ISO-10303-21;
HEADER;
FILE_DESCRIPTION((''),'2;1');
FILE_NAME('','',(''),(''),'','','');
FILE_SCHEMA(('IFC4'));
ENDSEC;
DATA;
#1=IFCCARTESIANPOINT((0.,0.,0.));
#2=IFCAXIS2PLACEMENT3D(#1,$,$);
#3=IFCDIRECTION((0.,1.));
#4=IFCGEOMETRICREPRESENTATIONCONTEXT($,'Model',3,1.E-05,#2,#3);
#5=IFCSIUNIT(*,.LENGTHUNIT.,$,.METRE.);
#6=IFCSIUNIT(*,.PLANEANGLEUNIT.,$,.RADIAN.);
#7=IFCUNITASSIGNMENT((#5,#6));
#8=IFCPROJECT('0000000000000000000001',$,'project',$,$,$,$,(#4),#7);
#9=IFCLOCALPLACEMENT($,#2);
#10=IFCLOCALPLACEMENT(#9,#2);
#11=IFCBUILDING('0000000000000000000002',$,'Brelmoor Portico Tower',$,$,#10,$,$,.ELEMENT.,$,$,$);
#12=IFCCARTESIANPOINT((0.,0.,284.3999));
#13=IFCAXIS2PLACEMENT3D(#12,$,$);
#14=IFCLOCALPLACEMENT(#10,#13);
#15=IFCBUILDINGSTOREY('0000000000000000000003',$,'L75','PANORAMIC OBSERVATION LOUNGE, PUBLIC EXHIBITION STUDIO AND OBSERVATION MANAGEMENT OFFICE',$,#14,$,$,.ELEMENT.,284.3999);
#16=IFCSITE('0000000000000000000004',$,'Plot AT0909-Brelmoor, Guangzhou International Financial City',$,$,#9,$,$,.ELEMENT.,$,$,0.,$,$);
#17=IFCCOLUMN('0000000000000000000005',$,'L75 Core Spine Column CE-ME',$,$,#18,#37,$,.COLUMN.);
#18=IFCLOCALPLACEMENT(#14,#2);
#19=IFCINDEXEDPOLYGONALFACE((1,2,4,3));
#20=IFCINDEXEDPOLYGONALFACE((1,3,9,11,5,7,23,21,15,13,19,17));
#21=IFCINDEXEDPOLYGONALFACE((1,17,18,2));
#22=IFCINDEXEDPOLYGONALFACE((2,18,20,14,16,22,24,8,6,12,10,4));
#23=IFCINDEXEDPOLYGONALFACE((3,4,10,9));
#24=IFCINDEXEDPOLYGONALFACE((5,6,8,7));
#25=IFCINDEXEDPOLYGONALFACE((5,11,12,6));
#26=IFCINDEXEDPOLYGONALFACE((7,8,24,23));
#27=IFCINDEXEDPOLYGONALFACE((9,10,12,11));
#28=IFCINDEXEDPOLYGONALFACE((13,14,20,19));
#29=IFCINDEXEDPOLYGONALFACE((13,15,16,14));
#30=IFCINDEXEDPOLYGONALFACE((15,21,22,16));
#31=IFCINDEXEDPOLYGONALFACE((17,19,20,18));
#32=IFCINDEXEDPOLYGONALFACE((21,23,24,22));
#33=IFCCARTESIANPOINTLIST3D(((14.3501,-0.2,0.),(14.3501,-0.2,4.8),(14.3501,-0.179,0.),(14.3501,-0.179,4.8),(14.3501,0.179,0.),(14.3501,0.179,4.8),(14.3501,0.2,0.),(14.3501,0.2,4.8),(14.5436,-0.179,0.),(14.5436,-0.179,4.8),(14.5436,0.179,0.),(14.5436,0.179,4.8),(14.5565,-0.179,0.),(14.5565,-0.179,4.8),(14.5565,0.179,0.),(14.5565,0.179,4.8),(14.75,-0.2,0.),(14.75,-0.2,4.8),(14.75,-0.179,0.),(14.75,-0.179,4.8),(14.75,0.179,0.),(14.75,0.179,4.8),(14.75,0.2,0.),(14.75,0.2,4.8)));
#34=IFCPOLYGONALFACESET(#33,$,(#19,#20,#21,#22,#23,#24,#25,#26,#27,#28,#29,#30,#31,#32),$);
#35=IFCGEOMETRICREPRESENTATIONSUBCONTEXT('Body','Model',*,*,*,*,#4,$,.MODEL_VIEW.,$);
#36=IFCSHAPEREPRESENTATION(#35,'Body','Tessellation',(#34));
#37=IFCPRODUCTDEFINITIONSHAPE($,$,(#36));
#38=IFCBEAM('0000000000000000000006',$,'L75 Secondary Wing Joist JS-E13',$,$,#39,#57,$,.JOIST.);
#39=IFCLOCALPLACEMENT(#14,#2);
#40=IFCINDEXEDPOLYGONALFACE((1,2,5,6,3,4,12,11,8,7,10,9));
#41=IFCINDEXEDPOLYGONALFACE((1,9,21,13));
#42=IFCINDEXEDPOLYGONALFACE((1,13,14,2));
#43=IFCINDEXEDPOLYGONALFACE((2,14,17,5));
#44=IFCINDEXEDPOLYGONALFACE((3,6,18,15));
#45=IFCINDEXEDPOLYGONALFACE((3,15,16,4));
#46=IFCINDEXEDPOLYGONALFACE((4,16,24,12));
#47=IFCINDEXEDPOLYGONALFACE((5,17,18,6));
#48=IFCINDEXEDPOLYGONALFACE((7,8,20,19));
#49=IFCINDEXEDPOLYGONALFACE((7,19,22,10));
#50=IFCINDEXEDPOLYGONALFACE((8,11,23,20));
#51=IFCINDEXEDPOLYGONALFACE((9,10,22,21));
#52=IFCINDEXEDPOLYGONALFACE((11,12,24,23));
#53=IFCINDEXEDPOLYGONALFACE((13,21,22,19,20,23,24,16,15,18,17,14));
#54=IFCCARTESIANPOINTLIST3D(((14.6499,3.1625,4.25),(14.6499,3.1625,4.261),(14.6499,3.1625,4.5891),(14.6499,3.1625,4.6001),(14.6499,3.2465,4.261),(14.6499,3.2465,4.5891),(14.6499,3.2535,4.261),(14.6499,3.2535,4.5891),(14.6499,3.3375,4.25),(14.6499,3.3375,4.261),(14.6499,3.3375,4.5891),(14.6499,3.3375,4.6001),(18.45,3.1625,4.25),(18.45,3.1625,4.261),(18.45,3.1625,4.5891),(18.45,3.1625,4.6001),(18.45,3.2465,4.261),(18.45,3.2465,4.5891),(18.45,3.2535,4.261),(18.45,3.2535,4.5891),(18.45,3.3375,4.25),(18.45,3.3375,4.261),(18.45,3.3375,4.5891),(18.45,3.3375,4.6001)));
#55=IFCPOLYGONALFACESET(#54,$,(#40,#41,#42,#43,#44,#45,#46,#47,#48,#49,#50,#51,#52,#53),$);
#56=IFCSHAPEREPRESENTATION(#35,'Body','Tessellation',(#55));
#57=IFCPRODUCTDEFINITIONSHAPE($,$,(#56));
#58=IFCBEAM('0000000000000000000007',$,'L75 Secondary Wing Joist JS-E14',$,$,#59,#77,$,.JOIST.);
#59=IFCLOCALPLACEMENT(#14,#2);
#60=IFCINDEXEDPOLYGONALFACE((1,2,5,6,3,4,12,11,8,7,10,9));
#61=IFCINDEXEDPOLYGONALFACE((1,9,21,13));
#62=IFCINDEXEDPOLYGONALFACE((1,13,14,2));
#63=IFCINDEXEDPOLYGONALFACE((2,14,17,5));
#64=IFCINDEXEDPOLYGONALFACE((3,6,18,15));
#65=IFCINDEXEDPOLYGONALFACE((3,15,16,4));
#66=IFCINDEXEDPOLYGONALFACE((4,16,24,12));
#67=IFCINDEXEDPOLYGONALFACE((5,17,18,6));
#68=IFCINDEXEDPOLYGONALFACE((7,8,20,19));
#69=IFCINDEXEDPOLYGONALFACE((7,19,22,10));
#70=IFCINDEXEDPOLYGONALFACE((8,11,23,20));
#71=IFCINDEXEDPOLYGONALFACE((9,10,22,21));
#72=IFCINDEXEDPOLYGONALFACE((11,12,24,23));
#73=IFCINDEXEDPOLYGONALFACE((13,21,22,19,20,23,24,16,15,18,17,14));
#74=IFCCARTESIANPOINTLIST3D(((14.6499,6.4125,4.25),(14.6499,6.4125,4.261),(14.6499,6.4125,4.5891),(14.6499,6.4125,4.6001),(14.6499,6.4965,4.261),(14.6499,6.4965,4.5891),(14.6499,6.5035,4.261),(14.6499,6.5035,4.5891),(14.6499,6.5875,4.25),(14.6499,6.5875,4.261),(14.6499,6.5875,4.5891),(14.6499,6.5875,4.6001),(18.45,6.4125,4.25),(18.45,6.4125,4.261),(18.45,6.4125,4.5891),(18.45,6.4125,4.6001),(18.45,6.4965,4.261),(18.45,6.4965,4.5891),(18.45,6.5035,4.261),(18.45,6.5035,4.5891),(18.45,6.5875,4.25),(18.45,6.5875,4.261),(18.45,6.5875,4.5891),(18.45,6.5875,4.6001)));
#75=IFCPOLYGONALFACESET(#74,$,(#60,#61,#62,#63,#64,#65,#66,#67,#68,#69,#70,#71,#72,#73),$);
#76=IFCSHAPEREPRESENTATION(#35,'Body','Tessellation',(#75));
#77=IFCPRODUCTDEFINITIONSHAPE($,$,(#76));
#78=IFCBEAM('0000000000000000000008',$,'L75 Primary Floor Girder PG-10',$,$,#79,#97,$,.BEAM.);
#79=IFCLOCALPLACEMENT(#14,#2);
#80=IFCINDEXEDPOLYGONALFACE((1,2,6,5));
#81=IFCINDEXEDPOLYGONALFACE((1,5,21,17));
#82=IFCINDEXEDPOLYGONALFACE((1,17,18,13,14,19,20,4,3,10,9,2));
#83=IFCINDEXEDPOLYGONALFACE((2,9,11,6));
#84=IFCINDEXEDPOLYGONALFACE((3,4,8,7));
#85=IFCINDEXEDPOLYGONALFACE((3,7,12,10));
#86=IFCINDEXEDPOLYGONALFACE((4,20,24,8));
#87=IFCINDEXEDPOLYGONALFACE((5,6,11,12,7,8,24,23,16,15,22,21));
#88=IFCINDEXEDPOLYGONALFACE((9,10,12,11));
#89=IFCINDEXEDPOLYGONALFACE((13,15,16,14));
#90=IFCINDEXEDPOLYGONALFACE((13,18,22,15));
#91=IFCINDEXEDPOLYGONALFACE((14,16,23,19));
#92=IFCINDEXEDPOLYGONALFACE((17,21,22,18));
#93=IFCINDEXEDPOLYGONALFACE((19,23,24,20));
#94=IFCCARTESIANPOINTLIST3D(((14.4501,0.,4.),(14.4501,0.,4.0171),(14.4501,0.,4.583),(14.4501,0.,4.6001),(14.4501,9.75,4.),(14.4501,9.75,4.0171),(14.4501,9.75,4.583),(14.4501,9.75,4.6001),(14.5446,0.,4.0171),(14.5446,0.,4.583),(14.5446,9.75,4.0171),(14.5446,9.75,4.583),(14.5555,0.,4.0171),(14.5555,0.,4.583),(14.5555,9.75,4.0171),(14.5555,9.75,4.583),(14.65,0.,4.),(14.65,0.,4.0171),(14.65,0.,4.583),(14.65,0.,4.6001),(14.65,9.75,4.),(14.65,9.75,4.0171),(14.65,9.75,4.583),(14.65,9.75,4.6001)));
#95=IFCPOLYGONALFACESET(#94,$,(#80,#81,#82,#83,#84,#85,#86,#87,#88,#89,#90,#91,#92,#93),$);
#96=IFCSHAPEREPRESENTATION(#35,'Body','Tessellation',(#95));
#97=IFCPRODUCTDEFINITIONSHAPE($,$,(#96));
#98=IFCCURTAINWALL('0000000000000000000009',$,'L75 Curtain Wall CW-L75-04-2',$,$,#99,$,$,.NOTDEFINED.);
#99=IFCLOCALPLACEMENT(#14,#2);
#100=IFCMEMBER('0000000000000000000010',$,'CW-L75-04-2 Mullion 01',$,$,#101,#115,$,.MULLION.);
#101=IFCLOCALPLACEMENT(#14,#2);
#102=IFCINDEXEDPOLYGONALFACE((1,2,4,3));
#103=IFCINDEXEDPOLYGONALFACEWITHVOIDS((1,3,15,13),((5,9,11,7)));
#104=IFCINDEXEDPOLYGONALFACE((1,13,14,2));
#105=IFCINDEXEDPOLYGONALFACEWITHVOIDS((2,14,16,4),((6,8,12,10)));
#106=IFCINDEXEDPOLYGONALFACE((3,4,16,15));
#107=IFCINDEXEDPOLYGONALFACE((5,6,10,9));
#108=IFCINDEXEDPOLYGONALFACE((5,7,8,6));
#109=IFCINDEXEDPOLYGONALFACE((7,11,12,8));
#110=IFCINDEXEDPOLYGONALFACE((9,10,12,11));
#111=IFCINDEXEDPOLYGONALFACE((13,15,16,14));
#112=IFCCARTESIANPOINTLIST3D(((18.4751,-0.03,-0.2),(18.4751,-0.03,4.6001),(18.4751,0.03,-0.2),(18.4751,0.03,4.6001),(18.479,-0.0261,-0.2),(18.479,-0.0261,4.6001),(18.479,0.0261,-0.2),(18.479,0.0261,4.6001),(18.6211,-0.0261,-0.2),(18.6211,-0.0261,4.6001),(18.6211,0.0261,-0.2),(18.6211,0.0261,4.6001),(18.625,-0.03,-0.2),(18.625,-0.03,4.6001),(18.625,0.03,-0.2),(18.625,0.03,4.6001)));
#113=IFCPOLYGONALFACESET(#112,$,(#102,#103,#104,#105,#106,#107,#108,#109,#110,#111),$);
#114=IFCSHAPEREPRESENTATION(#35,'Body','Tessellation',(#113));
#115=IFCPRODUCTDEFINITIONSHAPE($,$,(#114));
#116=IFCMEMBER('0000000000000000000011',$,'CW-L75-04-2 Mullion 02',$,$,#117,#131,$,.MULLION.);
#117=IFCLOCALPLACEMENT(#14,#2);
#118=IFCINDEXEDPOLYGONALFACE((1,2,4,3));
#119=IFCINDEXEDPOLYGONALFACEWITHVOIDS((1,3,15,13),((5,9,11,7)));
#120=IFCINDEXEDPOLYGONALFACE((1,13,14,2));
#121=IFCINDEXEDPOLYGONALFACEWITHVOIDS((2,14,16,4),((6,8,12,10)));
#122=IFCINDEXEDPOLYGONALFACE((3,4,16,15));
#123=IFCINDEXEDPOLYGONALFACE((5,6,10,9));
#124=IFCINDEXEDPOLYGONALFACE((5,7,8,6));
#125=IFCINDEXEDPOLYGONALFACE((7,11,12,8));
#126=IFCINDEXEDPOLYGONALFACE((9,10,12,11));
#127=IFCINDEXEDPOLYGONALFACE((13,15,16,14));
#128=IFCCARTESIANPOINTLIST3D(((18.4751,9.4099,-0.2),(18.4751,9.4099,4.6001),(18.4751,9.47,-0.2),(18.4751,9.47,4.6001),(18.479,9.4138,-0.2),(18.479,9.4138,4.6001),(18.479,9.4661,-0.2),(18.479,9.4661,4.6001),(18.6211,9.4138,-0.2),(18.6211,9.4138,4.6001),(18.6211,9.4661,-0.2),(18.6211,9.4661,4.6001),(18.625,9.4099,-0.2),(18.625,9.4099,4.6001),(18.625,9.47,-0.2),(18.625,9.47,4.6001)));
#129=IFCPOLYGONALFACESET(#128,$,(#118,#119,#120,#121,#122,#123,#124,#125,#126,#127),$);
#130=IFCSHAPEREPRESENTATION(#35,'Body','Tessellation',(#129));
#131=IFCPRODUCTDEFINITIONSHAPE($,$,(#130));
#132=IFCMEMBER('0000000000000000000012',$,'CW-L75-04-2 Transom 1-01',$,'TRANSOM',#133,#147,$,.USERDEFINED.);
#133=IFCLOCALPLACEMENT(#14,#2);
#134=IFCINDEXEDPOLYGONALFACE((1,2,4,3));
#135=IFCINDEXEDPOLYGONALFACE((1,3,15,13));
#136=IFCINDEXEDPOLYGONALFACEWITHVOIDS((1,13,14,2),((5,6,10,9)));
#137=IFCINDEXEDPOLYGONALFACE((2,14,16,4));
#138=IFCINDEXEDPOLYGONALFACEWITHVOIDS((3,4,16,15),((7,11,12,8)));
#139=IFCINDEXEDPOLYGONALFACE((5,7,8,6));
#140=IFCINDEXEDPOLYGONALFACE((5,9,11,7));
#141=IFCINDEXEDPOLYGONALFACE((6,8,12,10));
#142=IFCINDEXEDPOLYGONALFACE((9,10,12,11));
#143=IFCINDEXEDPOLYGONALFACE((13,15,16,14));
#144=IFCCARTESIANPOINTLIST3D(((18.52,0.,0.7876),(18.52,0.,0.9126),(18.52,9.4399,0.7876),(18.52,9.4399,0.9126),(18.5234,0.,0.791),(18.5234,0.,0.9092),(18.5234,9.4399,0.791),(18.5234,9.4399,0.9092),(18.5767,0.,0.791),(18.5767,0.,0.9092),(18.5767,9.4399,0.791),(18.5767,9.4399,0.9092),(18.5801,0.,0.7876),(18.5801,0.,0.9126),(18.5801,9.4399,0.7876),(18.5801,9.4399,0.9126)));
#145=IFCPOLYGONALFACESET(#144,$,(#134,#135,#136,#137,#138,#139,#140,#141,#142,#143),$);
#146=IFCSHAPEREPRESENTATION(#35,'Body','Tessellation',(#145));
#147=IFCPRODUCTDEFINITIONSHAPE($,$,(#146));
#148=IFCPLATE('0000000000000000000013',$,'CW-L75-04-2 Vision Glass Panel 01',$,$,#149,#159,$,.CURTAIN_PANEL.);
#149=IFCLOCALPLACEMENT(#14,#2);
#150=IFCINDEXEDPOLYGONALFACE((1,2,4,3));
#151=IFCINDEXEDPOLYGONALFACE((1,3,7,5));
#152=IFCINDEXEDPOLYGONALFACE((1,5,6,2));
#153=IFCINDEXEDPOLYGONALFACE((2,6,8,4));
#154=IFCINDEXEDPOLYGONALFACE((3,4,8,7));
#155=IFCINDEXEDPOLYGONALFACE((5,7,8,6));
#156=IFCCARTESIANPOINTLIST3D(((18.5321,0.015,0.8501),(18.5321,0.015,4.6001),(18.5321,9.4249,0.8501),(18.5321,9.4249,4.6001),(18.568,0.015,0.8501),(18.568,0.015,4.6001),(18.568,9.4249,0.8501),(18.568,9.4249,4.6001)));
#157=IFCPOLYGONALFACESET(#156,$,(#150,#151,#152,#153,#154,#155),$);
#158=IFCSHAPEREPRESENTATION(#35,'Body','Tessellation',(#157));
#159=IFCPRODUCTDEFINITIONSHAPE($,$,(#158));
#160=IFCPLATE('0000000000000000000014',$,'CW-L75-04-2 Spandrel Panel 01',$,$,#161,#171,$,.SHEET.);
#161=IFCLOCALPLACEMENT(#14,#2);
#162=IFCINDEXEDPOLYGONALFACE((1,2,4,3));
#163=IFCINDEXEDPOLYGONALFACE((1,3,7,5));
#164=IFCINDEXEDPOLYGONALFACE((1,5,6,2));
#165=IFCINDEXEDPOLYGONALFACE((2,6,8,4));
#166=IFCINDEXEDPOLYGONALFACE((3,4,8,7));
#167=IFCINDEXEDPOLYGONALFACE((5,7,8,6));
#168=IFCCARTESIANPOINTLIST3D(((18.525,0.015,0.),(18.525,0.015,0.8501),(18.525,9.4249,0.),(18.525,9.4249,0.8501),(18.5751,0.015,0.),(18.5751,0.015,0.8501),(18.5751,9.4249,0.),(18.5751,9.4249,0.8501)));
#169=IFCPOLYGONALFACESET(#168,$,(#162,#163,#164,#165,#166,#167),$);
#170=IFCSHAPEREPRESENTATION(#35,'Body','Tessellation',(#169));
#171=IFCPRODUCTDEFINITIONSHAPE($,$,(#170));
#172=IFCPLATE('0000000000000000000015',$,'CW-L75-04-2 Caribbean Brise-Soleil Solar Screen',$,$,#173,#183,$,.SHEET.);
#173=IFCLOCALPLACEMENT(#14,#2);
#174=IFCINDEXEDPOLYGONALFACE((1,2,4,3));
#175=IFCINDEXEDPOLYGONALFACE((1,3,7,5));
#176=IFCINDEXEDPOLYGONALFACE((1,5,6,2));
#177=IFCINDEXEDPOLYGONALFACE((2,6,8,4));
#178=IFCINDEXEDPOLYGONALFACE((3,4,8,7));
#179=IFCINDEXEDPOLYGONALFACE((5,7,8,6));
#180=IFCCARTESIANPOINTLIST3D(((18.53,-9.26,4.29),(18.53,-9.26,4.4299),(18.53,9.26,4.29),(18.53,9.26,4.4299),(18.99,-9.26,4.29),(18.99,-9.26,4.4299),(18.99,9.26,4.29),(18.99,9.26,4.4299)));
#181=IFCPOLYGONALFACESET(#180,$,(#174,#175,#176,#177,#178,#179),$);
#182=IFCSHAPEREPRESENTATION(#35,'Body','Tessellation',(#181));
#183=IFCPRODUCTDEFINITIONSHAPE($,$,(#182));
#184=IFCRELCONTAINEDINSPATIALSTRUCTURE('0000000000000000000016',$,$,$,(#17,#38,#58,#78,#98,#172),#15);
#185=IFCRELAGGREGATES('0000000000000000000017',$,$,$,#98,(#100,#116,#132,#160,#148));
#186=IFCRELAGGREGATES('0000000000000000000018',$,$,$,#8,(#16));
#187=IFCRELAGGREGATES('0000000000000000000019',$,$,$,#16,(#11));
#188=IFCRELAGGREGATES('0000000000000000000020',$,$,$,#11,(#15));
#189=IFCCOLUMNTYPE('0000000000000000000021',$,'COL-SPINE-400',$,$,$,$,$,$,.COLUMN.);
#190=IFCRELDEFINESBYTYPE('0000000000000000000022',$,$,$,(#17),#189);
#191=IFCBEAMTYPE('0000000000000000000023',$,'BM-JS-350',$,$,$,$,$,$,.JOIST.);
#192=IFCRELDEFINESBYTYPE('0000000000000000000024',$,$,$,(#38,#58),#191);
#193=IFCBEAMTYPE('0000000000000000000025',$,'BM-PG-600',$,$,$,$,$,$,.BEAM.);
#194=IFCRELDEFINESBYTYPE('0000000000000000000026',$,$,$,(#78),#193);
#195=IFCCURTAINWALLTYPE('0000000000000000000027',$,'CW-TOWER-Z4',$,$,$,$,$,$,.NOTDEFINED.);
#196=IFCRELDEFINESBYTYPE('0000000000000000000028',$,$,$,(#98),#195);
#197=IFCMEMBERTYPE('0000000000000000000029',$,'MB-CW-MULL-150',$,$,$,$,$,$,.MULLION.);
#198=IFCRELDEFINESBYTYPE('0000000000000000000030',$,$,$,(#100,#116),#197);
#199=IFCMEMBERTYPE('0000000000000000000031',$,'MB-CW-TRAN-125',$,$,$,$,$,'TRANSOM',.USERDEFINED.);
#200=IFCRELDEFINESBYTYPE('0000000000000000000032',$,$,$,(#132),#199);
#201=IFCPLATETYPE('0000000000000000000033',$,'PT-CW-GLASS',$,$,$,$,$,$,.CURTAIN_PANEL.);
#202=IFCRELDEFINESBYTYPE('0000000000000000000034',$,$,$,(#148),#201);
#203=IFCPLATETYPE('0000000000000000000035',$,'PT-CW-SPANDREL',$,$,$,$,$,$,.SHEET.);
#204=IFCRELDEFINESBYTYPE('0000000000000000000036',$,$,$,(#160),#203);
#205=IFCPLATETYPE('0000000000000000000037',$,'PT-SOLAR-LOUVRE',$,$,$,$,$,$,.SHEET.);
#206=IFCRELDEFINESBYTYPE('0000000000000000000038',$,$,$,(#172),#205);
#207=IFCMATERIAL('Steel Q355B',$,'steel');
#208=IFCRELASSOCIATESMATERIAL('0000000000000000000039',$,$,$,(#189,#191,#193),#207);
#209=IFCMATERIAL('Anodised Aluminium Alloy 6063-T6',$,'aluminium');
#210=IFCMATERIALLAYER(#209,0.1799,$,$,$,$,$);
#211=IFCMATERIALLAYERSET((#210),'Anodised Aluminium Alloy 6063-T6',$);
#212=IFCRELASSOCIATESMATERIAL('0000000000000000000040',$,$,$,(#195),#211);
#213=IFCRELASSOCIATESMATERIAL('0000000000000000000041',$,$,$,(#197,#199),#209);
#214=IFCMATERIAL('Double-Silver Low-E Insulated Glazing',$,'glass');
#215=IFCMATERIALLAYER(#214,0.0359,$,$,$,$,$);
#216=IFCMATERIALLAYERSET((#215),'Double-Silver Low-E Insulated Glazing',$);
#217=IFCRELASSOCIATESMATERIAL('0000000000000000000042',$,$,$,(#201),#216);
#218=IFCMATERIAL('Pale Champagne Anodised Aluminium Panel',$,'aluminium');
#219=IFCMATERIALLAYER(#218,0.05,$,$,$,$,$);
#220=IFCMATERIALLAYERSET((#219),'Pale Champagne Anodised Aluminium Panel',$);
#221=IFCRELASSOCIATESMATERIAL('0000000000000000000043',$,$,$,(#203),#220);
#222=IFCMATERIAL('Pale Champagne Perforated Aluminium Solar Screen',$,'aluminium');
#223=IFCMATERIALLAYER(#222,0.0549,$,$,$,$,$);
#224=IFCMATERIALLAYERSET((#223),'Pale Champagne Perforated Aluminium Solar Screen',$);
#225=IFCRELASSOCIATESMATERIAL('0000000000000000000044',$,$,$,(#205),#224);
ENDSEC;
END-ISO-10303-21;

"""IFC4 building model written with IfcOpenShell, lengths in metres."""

from ifc_helpers import new_model, si_unit, direction, frame, origin, origin_2d, place, context, subcontext, project, spatial, rectangle, hollow_rectangle, i_section, extrude, material, layer, layer_set, material_profile, profile_set, type_object, element, aggregate, save


model = new_model("IFC4")

# Units and contexts
model_context = context("Model", 3, precision=1e-05, world=origin(), true_north=direction((0.0, 1.0)))
body_context = subcontext(model_context, "Body", "Model", "MODEL_VIEW")
ifc_project = project(units=[si_unit("LENGTHUNIT", "METRE"), si_unit("PLANEANGLEUNIT", "RADIAN")], contexts=[model_context])

# Site, building, storey
site_placement = place(None, origin())
site = spatial("IfcSite", under=ifc_project, at=site_placement, Name="Plot AT0909-Brelmoor, Guangzhou International Financial City", CompositionType="ELEMENT", RefElevation=0.0)
building_placement = place(site_placement, origin())
building = spatial("IfcBuilding", under=site, at=building_placement, Name="Brelmoor Portico Tower", CompositionType="ELEMENT")
storey_placement = place(building_placement, frame((0.0, 0.0, 284.3999)))
storey = spatial("IfcBuildingStorey", under=building, at=storey_placement, Name="L75", Description="PANORAMIC OBSERVATION LOUNGE, PUBLIC EXHIBITION STUDIO AND OBSERVATION MANAGEMENT OFFICE", CompositionType="ELEMENT", Elevation=284.3999)

# Column
ifc_material_1 = material(Name="Steel Q355B", Category="steel")
ifc_material_profile_1 = material_profile(ifc_material_1, i_section(OverallWidth=0.3999, OverallDepth=0.3999, WebThickness=0.0129, FlangeThickness=0.021, at=origin_2d()), Name="HW 400x400x13x21")
ifc_profile_set_1 = profile_set([ifc_material_profile_1], Name="Steel Q355B")
column_type = type_object("IfcColumnType", Name="COL-SPINE-400", PredefinedType="COLUMN", material=ifc_profile_set_1)
column_placement = place(storey_placement, frame((14.55, 0.0, 0.0), z_axis=(0.0, 0.0, 1.0), x_axis=(1.0, 0.0, 0.0)))
element("IfcColumn", 1, at=column_placement, inside=storey, type_object=column_type, Name="L75 Core Spine Column CE-ME", PredefinedType="COLUMN", context=body_context, shape_type="SweptSolid", body=[
    extrude(i_section(OverallWidth=0.3999, OverallDepth=0.3999, WebThickness=0.0129, FlangeThickness=0.021, at=origin_2d()), origin(), (0.0, 0.0, 1.0), 4.8),
])

# Beams
ifc_material_profile_2 = material_profile(ifc_material_1, i_section(OverallWidth=0.175, OverallDepth=0.3501, WebThickness=0.0071, FlangeThickness=0.011, at=origin_2d()), Name="HN 350x175x7x11")
ifc_profile_set_2 = profile_set([ifc_material_profile_2], Name="Steel Q355B")
beam_type_1 = type_object("IfcBeamType", Name="BM-JS-350", PredefinedType="JOIST", material=ifc_profile_set_2)
for number, where, z_axis, x_axis, name in (
    (2, (14.6499, 3.25, 4.425), (1.0, 0.0, 0.0), (0.0, 1.0, 0.0), "L75 Secondary Wing Joist JS-E13"),
    (3, (14.6499, 6.5, 4.425), (1.0, 0.0, 0.0), (0.0, 1.0, 0.0), "L75 Secondary Wing Joist JS-E14"),
):
    element("IfcBeam", number, at=place(storey_placement, frame(where, z_axis=z_axis, x_axis=x_axis)), inside=storey, type_object=beam_type_1, Name=name, PredefinedType="JOIST", context=body_context, shape_type="SweptSolid", body=[
        extrude(i_section(OverallWidth=0.175, OverallDepth=0.3501, WebThickness=0.0071, FlangeThickness=0.011, at=origin_2d()), origin(), (0.0, 0.0, 1.0), 3.8),
    ])
ifc_material_profile_3 = material_profile(ifc_material_1, i_section(OverallWidth=0.2, OverallDepth=0.6001, WebThickness=0.011, FlangeThickness=0.0171, at=origin_2d()), Name="HN 600x200x11x17")
ifc_profile_set_3 = profile_set([ifc_material_profile_3], Name="Steel Q355B")
beam_type_2 = type_object("IfcBeamType", Name="BM-PG-600", PredefinedType="BEAM", material=ifc_profile_set_3)
beam_placement = place(storey_placement, frame((14.55, 0.0, 4.3), z_axis=(0.0, 1.0, 0.0), x_axis=(-1.0, 0.0, 0.0)))
element("IfcBeam", 4, at=beam_placement, inside=storey, type_object=beam_type_2, Name="L75 Primary Floor Girder PG-10", PredefinedType="BEAM", context=body_context, shape_type="SweptSolid", body=[
    extrude(i_section(OverallWidth=0.2, OverallDepth=0.6001, WebThickness=0.011, FlangeThickness=0.0171, at=origin_2d()), origin(), (0.0, 0.0, 1.0), 9.75),
])

# Curtain wall, members, plates
ifc_material_2 = material(Name="Anodised Aluminium Alloy 6063-T6", Category="aluminium")
ifc_layer_1 = layer(ifc_material_2, 0.1799)
ifc_layer_set_1 = layer_set([ifc_layer_1], Name="Anodised Aluminium Alloy 6063-T6")
curtain_wall_type = type_object("IfcCurtainWallType", Name="CW-TOWER-Z4", PredefinedType="NOTDEFINED", material=ifc_layer_set_1)
curtain_wall_placement = place(storey_placement, origin())
curtain_wall = element("IfcCurtainWall", 5, at=curtain_wall_placement, inside=storey, type_object=curtain_wall_type, Name="L75 Curtain Wall CW-L75-04-2", PredefinedType="NOTDEFINED")
ifc_material_profile_4 = material_profile(ifc_material_2, hollow_rectangle(XDim=0.0601, YDim=0.1499, WallThickness=0.0039, at=origin_2d()), Name="ALU MULLION 60x150")
ifc_profile_set_4 = profile_set([ifc_material_profile_4], Name="Anodised Aluminium Alloy 6063-T6")
member_type_1 = type_object("IfcMemberType", Name="MB-CW-MULL-150", PredefinedType="MULLION", material=ifc_profile_set_4)
member_1_placement = place(storey_placement, frame((18.55, 0.0, -0.2), z_axis=(0.0, 0.0, 1.0), x_axis=(0.0, 1.0, 0.0)))
member_1 = element("IfcMember", 6, at=member_1_placement, type_object=member_type_1, Name="CW-L75-04-2 Mullion 01", PredefinedType="MULLION", context=body_context, shape_type="SweptSolid", body=[
    extrude(hollow_rectangle(XDim=0.0601, YDim=0.1499, WallThickness=0.0039, at=origin_2d()), origin(), (0.0, 0.0, 1.0), 4.8),
])
member_2_placement = place(storey_placement, frame((18.55, 9.4399, -0.2), z_axis=(0.0, 0.0, 1.0), x_axis=(0.0, 1.0, 0.0)))
member_2 = element("IfcMember", 7, at=member_2_placement, type_object=member_type_1, Name="CW-L75-04-2 Mullion 02", PredefinedType="MULLION", context=body_context, shape_type="SweptSolid", body=[
    extrude(hollow_rectangle(XDim=0.0601, YDim=0.1499, WallThickness=0.0039, at=origin_2d()), origin(), (0.0, 0.0, 1.0), 4.8),
])
ifc_material_profile_5 = material_profile(ifc_material_2, hollow_rectangle(XDim=0.0601, YDim=0.125, WallThickness=0.0034, at=origin_2d()), Name="ALU TRANSOM 60x125")
ifc_profile_set_5 = profile_set([ifc_material_profile_5], Name="Anodised Aluminium Alloy 6063-T6")
member_type_2 = type_object("IfcMemberType", Name="MB-CW-TRAN-125", ElementType="TRANSOM", PredefinedType="USERDEFINED", material=ifc_profile_set_5)
member_3_placement = place(storey_placement, frame((18.55, 0.0, 0.8501), z_axis=(0.0, 1.0, 0.0), x_axis=(-1.0, 0.0, 0.0)))
member_3 = element("IfcMember", 8, at=member_3_placement, type_object=member_type_2, Name="CW-L75-04-2 Transom 1-01", ObjectType="TRANSOM", PredefinedType="USERDEFINED", context=body_context, shape_type="SweptSolid", body=[
    extrude(hollow_rectangle(XDim=0.0601, YDim=0.125, WallThickness=0.0034, at=origin_2d()), origin(), (0.0, 0.0, 1.0), 9.4399),
])
ifc_material_3 = material(Name="Double-Silver Low-E Insulated Glazing", Category="glass")
ifc_layer_2 = layer(ifc_material_3, 0.0359)
ifc_layer_set_2 = layer_set([ifc_layer_2], Name="Double-Silver Low-E Insulated Glazing")
plate_type_1 = type_object("IfcPlateType", Name="PT-CW-GLASS", PredefinedType="CURTAIN_PANEL", material=ifc_layer_set_2)
plate_1_placement = place(storey_placement, frame((18.55, 4.72, 0.8501), z_axis=(0.0, 0.0, 1.0), x_axis=(0.0, 1.0, 0.0)))
plate_1 = element("IfcPlate", 9, at=plate_1_placement, type_object=plate_type_1, Name="CW-L75-04-2 Vision Glass Panel 01", PredefinedType="CURTAIN_PANEL", context=body_context, shape_type="SweptSolid", body=[
    extrude(rectangle(XDim=9.4099, YDim=0.0359, at=origin_2d()), origin(), (0.0, 0.0, 1.0), 3.75),
])
ifc_material_4 = material(Name="Pale Champagne Anodised Aluminium Panel", Category="aluminium")
ifc_layer_3 = layer(ifc_material_4, 0.05)
ifc_layer_set_3 = layer_set([ifc_layer_3], Name="Pale Champagne Anodised Aluminium Panel")
plate_type_2 = type_object("IfcPlateType", Name="PT-CW-SPANDREL", PredefinedType="SHEET", material=ifc_layer_set_3)
plate_2_placement = place(storey_placement, frame((18.55, 4.72, 0.0), z_axis=(0.0, 0.0, 1.0), x_axis=(0.0, 1.0, 0.0)))
plate_2 = element("IfcPlate", 10, at=plate_2_placement, type_object=plate_type_2, Name="CW-L75-04-2 Spandrel Panel 01", PredefinedType="SHEET", context=body_context, shape_type="SweptSolid", body=[
    extrude(rectangle(XDim=9.4099, YDim=0.05, at=origin_2d()), origin(), (0.0, 0.0, 1.0), 0.8501),
])
aggregate(curtain_wall, [member_1, member_2, member_3, plate_2, plate_1])

# Plate
ifc_material_5 = material(Name="Pale Champagne Perforated Aluminium Solar Screen", Category="aluminium")
ifc_layer_4 = layer(ifc_material_5, 0.0549)
ifc_layer_set_4 = layer_set([ifc_layer_4], Name="Pale Champagne Perforated Aluminium Solar Screen")
plate_type_3 = type_object("IfcPlateType", Name="PT-SOLAR-LOUVRE", PredefinedType="SHEET", material=ifc_layer_set_4)
plate_3_placement = place(storey_placement, frame((18.76, 0.0, 4.29), z_axis=(0.0, 0.0, 1.0), x_axis=(0.0, 1.0, 0.0)))
element("IfcPlate", 11, at=plate_3_placement, inside=storey, type_object=plate_type_3, Name="CW-L75-04-2 Caribbean Brise-Soleil Solar Screen", PredefinedType="SHEET", context=body_context, shape_type="SweptSolid", body=[
    extrude(rectangle(XDim=18.52, YDim=0.46, at=origin_2d()), origin(), (0.0, 0.0, 1.0), 0.1399),
])

save(model, "model.ifc")
